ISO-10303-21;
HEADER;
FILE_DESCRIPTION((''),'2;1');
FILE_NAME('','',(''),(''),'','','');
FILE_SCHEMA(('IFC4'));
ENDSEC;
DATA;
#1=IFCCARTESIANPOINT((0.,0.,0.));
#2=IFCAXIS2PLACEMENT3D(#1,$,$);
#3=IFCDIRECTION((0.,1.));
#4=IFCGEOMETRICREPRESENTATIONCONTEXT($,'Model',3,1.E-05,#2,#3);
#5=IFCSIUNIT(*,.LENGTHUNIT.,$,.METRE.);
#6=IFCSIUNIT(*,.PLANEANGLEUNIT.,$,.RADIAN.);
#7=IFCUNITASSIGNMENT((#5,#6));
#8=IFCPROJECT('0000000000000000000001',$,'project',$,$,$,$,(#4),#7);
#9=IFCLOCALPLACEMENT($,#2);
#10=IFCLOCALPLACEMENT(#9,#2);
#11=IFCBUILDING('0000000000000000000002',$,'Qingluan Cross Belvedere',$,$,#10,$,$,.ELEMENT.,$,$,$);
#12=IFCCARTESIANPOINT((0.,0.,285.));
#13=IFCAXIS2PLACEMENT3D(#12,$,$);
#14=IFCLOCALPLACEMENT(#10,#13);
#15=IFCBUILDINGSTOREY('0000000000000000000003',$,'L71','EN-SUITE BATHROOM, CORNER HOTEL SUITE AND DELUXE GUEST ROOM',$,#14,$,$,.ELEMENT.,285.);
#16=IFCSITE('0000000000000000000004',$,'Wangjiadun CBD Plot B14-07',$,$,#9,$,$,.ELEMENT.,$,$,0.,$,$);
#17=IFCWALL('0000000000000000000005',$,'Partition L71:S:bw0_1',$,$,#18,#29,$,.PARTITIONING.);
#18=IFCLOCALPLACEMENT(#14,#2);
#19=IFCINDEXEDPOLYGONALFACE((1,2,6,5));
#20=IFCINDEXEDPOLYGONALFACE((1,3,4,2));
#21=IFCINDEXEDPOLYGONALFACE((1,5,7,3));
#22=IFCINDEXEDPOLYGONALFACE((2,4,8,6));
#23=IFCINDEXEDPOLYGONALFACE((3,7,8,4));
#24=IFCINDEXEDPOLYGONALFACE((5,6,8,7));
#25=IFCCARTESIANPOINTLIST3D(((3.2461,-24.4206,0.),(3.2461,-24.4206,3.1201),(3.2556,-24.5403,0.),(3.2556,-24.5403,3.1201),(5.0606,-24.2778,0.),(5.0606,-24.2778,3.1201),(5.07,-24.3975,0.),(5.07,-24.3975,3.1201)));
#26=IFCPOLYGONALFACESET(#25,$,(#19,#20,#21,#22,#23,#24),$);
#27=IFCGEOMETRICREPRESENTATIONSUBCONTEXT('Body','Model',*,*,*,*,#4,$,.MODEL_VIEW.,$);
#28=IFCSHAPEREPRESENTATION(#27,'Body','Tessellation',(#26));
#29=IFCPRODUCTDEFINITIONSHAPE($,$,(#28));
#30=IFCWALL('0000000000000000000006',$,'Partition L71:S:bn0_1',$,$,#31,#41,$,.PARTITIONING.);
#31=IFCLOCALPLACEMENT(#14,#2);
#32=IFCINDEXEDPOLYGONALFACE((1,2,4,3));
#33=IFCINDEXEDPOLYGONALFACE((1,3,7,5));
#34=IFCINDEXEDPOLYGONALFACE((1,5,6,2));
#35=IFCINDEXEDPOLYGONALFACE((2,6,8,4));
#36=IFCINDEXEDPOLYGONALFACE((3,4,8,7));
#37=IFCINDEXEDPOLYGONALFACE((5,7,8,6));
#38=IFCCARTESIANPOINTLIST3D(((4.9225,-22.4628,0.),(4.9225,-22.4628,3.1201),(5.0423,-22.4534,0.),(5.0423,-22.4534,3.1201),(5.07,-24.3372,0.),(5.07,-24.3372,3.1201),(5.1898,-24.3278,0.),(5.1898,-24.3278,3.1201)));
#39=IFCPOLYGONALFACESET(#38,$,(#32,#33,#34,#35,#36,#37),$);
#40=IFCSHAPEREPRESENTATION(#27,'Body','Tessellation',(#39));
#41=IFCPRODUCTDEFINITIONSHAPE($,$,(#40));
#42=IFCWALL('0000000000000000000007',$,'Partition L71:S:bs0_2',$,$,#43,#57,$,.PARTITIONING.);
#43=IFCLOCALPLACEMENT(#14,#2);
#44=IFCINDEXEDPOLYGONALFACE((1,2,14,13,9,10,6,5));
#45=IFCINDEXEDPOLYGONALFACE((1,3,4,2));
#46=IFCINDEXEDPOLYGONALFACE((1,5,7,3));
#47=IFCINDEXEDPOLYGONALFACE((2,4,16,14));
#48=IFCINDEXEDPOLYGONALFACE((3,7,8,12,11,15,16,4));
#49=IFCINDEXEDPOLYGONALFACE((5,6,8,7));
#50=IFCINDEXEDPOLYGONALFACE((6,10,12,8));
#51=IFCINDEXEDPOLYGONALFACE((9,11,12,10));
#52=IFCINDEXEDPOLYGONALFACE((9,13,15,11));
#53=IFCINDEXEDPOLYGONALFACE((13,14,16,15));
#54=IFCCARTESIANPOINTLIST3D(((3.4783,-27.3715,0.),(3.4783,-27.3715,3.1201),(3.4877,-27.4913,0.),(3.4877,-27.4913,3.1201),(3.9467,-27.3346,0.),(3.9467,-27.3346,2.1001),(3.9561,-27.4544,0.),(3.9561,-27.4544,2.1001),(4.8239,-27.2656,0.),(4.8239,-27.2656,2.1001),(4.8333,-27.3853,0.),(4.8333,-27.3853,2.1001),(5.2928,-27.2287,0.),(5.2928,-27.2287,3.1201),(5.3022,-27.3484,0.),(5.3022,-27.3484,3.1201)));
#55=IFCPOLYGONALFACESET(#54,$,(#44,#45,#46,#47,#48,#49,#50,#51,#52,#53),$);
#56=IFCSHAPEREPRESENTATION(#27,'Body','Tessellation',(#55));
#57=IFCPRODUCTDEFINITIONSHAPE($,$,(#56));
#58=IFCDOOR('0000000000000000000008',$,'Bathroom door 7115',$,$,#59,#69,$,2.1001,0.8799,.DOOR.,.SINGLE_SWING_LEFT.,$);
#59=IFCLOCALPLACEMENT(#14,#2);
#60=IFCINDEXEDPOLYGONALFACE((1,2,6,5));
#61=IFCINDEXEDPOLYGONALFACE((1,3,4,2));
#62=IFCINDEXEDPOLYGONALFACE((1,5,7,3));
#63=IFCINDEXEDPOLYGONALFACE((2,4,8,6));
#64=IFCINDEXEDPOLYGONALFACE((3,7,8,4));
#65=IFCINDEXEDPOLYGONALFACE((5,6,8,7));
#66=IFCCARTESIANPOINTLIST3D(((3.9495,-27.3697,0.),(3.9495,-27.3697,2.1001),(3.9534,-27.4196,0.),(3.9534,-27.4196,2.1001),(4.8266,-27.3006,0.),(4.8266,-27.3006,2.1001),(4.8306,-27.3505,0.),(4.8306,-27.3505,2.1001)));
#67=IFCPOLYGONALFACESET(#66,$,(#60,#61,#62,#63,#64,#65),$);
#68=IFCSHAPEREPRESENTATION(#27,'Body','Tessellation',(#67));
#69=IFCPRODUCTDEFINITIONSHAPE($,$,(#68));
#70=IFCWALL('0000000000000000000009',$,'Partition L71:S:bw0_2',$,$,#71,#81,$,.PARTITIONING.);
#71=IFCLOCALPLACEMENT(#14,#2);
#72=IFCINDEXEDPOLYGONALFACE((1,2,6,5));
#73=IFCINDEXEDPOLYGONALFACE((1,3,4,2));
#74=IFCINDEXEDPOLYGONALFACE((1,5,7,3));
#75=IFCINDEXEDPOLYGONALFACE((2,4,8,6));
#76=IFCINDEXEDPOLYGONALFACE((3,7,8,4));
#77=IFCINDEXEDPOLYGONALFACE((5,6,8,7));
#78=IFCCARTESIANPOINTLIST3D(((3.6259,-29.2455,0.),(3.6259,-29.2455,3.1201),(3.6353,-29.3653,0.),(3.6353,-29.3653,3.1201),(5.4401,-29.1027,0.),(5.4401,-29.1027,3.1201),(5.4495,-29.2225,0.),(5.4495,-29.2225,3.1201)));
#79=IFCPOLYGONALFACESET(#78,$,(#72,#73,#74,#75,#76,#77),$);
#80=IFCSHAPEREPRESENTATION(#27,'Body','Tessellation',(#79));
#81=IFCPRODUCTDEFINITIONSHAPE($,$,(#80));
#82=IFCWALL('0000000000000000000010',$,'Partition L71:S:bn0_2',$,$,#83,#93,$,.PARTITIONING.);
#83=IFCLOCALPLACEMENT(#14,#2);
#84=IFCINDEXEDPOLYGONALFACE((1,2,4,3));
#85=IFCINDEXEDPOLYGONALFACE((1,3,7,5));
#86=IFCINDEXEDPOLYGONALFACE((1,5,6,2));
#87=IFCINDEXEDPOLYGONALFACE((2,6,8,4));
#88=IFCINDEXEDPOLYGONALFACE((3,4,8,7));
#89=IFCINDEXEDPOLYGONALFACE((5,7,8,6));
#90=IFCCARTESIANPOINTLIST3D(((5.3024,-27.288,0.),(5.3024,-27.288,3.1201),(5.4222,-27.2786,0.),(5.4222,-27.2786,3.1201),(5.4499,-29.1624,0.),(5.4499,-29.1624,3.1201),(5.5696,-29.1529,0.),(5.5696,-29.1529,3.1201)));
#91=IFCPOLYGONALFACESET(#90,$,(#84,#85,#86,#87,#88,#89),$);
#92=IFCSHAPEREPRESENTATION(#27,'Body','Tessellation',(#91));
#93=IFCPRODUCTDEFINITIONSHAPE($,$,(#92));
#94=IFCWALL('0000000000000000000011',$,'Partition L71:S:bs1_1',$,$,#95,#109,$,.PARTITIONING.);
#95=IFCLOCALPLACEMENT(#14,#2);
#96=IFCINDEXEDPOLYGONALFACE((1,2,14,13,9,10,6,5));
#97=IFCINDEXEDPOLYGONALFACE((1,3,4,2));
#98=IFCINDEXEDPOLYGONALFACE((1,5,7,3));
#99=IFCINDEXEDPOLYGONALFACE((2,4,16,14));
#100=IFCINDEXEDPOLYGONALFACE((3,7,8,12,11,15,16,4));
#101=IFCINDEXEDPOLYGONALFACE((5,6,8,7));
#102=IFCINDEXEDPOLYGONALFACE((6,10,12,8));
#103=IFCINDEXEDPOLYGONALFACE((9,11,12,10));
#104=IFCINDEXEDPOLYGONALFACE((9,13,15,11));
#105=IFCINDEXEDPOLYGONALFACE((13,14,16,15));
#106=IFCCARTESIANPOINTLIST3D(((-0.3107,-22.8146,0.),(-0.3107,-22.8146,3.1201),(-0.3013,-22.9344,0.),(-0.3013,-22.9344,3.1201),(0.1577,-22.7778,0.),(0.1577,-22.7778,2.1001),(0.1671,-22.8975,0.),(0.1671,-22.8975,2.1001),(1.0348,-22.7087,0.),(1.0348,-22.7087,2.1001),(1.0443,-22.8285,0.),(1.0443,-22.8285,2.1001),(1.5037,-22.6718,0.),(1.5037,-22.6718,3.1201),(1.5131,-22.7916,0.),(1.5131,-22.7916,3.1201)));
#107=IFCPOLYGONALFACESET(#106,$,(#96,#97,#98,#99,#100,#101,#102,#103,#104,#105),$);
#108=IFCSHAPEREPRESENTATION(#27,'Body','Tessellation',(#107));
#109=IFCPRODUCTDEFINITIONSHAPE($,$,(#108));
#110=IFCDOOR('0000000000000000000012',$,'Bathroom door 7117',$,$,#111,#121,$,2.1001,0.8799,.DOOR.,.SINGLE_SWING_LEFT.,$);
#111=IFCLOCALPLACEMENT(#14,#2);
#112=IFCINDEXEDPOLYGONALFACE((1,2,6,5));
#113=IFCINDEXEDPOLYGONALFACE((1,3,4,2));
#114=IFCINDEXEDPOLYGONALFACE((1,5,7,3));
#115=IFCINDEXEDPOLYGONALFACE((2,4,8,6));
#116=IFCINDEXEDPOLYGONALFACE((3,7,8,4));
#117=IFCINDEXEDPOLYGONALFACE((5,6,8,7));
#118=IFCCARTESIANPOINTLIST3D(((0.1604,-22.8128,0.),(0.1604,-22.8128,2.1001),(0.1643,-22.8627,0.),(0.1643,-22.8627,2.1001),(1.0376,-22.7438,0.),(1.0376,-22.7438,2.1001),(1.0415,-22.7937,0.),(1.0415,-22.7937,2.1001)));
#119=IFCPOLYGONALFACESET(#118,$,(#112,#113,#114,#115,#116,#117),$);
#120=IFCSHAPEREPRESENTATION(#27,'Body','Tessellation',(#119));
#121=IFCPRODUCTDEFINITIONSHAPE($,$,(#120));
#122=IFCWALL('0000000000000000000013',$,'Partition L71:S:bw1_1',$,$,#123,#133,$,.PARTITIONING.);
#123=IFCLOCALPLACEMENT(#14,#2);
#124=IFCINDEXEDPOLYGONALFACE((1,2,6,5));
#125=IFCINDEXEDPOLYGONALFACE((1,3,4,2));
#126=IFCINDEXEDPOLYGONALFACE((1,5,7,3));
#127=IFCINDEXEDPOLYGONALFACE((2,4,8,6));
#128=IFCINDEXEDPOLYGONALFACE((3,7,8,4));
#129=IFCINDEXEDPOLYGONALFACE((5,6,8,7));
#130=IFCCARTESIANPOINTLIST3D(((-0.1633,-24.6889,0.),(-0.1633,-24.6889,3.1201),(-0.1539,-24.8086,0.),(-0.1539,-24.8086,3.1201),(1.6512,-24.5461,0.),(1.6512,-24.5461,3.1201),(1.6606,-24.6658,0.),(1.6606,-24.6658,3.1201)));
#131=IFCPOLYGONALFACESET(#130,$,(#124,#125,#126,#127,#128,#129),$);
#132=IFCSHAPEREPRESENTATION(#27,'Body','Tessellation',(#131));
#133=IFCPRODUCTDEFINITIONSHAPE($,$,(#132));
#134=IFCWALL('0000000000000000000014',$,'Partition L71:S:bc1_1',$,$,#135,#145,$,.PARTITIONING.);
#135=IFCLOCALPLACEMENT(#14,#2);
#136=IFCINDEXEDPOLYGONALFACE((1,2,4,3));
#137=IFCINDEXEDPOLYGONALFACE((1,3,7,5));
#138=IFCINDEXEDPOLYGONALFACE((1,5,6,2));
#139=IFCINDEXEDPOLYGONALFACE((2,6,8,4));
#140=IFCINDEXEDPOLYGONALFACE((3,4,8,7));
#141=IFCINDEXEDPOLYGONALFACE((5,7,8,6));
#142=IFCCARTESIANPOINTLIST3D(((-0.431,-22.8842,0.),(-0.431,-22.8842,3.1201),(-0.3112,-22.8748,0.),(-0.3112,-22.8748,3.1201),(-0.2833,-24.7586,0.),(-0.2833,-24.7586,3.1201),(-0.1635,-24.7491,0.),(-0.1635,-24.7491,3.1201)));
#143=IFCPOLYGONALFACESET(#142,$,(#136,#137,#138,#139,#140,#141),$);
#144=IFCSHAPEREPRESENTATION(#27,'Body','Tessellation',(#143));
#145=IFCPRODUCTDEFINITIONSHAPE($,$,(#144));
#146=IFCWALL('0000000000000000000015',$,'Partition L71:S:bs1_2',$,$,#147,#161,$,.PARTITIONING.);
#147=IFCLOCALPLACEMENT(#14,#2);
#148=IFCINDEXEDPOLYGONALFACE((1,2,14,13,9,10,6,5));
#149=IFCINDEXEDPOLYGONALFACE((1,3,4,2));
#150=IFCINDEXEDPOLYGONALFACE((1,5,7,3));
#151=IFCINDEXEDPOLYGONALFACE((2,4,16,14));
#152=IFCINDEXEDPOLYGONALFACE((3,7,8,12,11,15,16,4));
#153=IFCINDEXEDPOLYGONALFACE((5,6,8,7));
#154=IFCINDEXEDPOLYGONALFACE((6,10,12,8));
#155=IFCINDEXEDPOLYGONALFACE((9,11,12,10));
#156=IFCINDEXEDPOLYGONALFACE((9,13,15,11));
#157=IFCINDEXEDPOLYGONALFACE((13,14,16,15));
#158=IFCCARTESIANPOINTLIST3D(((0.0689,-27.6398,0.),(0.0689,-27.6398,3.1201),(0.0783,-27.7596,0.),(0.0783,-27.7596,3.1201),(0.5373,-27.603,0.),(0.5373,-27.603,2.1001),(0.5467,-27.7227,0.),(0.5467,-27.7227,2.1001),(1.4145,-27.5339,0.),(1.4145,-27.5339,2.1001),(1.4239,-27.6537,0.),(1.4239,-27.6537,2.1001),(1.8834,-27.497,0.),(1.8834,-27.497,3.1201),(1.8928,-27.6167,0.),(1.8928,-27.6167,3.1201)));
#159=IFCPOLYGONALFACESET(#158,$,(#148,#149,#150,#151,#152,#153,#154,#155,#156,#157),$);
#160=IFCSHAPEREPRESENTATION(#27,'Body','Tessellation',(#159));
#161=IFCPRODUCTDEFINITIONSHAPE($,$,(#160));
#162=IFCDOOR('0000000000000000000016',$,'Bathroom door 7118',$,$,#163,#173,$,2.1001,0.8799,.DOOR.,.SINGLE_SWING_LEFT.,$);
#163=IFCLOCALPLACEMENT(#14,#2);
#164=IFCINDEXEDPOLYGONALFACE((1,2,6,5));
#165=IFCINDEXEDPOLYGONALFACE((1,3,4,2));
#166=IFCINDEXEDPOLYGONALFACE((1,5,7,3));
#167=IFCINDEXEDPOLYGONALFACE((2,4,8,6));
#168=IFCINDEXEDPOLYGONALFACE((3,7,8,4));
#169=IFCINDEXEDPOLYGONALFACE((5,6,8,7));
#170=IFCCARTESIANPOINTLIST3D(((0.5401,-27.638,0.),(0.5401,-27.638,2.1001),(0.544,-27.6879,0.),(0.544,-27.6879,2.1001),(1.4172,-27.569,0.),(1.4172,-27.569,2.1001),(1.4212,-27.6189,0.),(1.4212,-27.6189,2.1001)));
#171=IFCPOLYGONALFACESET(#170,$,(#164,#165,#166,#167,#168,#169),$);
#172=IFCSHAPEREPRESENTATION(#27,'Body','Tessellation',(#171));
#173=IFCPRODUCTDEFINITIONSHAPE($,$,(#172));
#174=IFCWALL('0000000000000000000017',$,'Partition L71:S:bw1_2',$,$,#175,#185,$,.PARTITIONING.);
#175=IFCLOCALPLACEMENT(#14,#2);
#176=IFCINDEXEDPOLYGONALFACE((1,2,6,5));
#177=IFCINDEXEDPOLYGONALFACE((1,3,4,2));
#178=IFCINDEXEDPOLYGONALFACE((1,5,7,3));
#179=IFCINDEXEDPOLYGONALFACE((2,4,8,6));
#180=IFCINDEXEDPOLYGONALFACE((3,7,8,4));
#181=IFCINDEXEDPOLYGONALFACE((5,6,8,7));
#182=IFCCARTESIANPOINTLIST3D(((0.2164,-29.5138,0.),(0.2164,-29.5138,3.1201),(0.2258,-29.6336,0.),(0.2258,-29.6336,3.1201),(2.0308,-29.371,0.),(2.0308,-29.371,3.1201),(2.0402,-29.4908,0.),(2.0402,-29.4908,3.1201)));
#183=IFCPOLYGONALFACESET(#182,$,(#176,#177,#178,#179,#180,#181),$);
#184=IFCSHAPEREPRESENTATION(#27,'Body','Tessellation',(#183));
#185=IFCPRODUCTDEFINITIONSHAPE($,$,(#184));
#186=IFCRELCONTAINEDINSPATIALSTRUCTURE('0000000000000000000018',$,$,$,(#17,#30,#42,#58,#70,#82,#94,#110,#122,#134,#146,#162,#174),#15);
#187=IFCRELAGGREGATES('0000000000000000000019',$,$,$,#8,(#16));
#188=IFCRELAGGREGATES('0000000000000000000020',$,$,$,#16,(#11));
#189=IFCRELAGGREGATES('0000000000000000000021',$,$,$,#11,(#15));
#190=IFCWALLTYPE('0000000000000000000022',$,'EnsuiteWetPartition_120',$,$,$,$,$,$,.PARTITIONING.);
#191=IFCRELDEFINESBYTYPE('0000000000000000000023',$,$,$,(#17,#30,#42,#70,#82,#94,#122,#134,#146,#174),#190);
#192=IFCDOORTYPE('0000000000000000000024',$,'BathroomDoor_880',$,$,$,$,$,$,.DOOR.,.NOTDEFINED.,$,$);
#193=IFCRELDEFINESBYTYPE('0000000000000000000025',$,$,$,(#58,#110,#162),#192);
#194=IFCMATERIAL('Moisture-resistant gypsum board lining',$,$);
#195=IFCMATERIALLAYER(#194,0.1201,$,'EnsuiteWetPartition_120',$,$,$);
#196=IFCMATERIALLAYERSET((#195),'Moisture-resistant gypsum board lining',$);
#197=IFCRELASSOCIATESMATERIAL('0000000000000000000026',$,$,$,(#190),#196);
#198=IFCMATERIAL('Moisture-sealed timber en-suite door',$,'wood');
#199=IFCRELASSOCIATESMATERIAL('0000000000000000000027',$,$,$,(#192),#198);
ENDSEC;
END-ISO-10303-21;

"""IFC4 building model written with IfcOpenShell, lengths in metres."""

from ifc_helpers import new_model, si_unit, direction, frame, frame_2d, origin, place, context, subcontext, project, spatial, rectangle, extrude, material, layer, layer_set, type_object, element, fill, save


model = new_model("IFC4")

# Units and contexts
model_context = context("Model", 3, precision=1e-05, world=origin(), true_north=direction((0.0, 1.0)))
body_context = subcontext(model_context, "Body", "Model", "MODEL_VIEW")
ifc_project = project(units=[si_unit("LENGTHUNIT", "METRE"), si_unit("PLANEANGLEUNIT", "RADIAN")], contexts=[model_context])

# Site, building, storey
site_placement = place(None, origin())
site = spatial("IfcSite", under=ifc_project, at=site_placement, Name="Wangjiadun CBD Plot B14-07", CompositionType="ELEMENT", RefElevation=0.0)
building_placement = place(site_placement, origin())
building = spatial("IfcBuilding", under=site, at=building_placement, Name="Qingluan Cross Belvedere", CompositionType="ELEMENT")
storey_placement = place(building_placement, frame((0.0, 0.0, 285.0)))
storey = spatial("IfcBuildingStorey", under=building, at=storey_placement, Name="L71", Description="EN-SUITE BATHROOM, CORNER HOTEL SUITE AND DELUXE GUEST ROOM", CompositionType="ELEMENT", Elevation=285.0)

# Shared definitions
ifc_material_1 = material(Name="Moisture-resistant gypsum board lining")
ifc_layer_1 = layer(ifc_material_1, 0.1201, Name="EnsuiteWetPartition_120")
ifc_layer_set_1 = layer_set([ifc_layer_1], Name="Moisture-resistant gypsum board lining")
wall_type_1 = type_object("IfcWallType", Name="EnsuiteWetPartition_120", PredefinedType="PARTITIONING", material=ifc_layer_set_1)
ifc_material_2 = material(Name="Moisture-sealed timber en-suite door", Category="wood")
door_type = type_object("IfcDoorType", Name="BathroomDoor_880", OperationType="NOTDEFINED", PredefinedType="DOOR", material=ifc_material_2)

# Walls
wall_1_placement = place(storey_placement, frame((3.2507, -24.4805, 0.0), z_axis=(0.0, 0.0, 1.0), x_axis=(0.996916, 0.078471, 0.0)))
element("IfcWall", 1, at=wall_1_placement, inside=storey, type_object=wall_type_1, Name="Partition L71:S:bw0_1", PredefinedType="PARTITIONING", context=body_context, shape_type="SweptSolid", body=[
    extrude(rectangle(XDim=1.8201, YDim=0.1201, at=frame_2d((0.9102, 0.0))), origin(), (0.0, 0.0, 1.0), 3.1201),
])
wall_2_placement = place(storey_placement, frame((4.9824, -22.4583, 0.0), z_axis=(0.0, 0.0, 1.0), x_axis=(0.078434, -0.996919, 0.0)))
element("IfcWall", 2, at=wall_2_placement, inside=storey, type_object=wall_type_1, Name="Partition L71:S:bn0_1", PredefinedType="PARTITIONING", context=body_context, shape_type="SweptSolid", body=[
    extrude(rectangle(XDim=1.8801, YDim=0.1201, at=frame_2d((0.9399, 0.0))), origin(), (0.0, 0.0, 1.0), 3.1201),
])

# Wall, opening, door
wall_3_placement = place(storey_placement, frame((3.4829, -27.4314, 0.0), z_axis=(0.0, 0.0, 1.0), x_axis=(0.996916, 0.078471, 0.0)))
wall_3 = element("IfcWall", 3, at=wall_3_placement, inside=storey, type_object=wall_type_1, Name="Partition L71:S:bs0_2", PredefinedType="PARTITIONING", context=body_context, shape_type="SweptSolid", body=[
    extrude(rectangle(XDim=1.8201, YDim=0.1201, at=frame_2d((0.9102, 0.0))), origin(), (0.0, 0.0, 1.0), 3.1201),
])
opening_1_placement = place(wall_3_placement, frame((0.47, 0.0, 0.0)))
opening_1 = element("IfcOpeningElement", 4, at=opening_1_placement, cuts=wall_3, PredefinedType="OPENING", context=body_context, shape_type="SweptSolid", body=[
    extrude(rectangle(XDim=0.8799, YDim=2.1001, at=frame_2d((0.4399, 1.05))), frame((0.0, 0.0701, 0.0), z_axis=(0.0, -1.0, 0.0), x_axis=(1.0, 0.0, 0.0)), (0.0, 0.0, 1.0), 0.1401),
])
door_1_placement = place(opening_1_placement, origin())
door_1 = element("IfcDoor", 5, at=door_1_placement, inside=storey, type_object=door_type, Name="Bathroom door 7115", OperationType="SINGLE_SWING_LEFT", OverallHeight=2.1001, OverallWidth=0.8799, PredefinedType="DOOR", context=body_context, shape_type="SweptSolid", body=[
    extrude(rectangle(XDim=0.8799, YDim=2.1001, at=frame_2d((0.4399, 1.05))), frame((0.0, 0.0249, 0.0), z_axis=(0.0, -1.0, 0.0), x_axis=(1.0, 0.0, 0.0)), (0.0, 0.0, 1.0), 0.05),
])
fill(opening_1, door_1)

# Walls
wall_4_placement = place(storey_placement, frame((3.6306, -29.3054, 0.0), z_axis=(0.0, 0.0, 1.0), x_axis=(0.996916, 0.078481, 0.0)))
element("IfcWall", 6, at=wall_4_placement, inside=storey, type_object=wall_type_1, Name="Partition L71:S:bw0_2", PredefinedType="PARTITIONING", context=body_context, shape_type="SweptSolid", body=[
    extrude(rectangle(XDim=1.8198, YDim=0.1201, at=frame_2d((0.9099, 0.0))), origin(), (0.0, 0.0, 1.0), 3.1201),
])
wall_5_placement = place(storey_placement, frame((5.3623, -27.2834, 0.0), z_axis=(0.0, 0.0, 1.0), x_axis=(0.078434, -0.996919, 0.0)))
element("IfcWall", 7, at=wall_5_placement, inside=storey, type_object=wall_type_1, Name="Partition L71:S:bn0_2", PredefinedType="PARTITIONING", context=body_context, shape_type="SweptSolid", body=[
    extrude(rectangle(XDim=1.8801, YDim=0.1201, at=frame_2d((0.9399, 0.0))), origin(), (0.0, 0.0, 1.0), 3.1201),
])

# Wall, opening, door
wall_6_placement = place(storey_placement, frame((-0.3062, -22.8745, 0.0), z_axis=(0.0, 0.0, 1.0), x_axis=(0.996916, 0.078471, 0.0)))
wall_6 = element("IfcWall", 8, at=wall_6_placement, inside=storey, type_object=wall_type_1, Name="Partition L71:S:bs1_1", PredefinedType="PARTITIONING", context=body_context, shape_type="SweptSolid", body=[
    extrude(rectangle(XDim=1.8201, YDim=0.1201, at=frame_2d((0.9102, 0.0))), origin(), (0.0, 0.0, 1.0), 3.1201),
])
opening_2_placement = place(wall_6_placement, frame((0.47, 0.0, 0.0)))
opening_2 = element("IfcOpeningElement", 9, at=opening_2_placement, cuts=wall_6, PredefinedType="OPENING", context=body_context, shape_type="SweptSolid", body=[
    extrude(rectangle(XDim=0.8799, YDim=2.1001, at=frame_2d((0.4399, 1.05))), frame((0.0, 0.0701, 0.0), z_axis=(0.0, -1.0, 0.0), x_axis=(1.0, 0.0, 0.0)), (0.0, 0.0, 1.0), 0.1401),
])
door_2_placement = place(opening_2_placement, origin())
door_2 = element("IfcDoor", 10, at=door_2_placement, inside=storey, type_object=door_type, Name="Bathroom door 7117", OperationType="SINGLE_SWING_LEFT", OverallHeight=2.1001, OverallWidth=0.8799, PredefinedType="DOOR", context=body_context, shape_type="SweptSolid", body=[
    extrude(rectangle(XDim=0.8799, YDim=2.1001, at=frame_2d((0.4399, 1.05))), frame((0.0, 0.0249, 0.0), z_axis=(0.0, -1.0, 0.0), x_axis=(1.0, 0.0, 0.0)), (0.0, 0.0, 1.0), 0.05),
])
fill(opening_2, door_2)

# Walls
wall_7_placement = place(storey_placement, frame((-0.1587, -24.7488, 0.0), z_axis=(0.0, 0.0, 1.0), x_axis=(0.996916, 0.078471, 0.0)))
element("IfcWall", 11, at=wall_7_placement, inside=storey, type_object=wall_type_1, Name="Partition L71:S:bw1_1", PredefinedType="PARTITIONING", context=body_context, shape_type="SweptSolid", body=[
    extrude(rectangle(XDim=1.8201, YDim=0.1201, at=frame_2d((0.9102, 0.0))), origin(), (0.0, 0.0, 1.0), 3.1201),
])
wall_8_placement = place(storey_placement, frame((-0.3711, -22.8796, 0.0), z_axis=(0.0, 0.0, 1.0), x_axis=(0.078563, -0.996909, 0.0)))
element("IfcWall", 12, at=wall_8_placement, inside=storey, type_object=wall_type_1, Name="Partition L71:S:bc1_1", PredefinedType="PARTITIONING", context=body_context, shape_type="SweptSolid", body=[
    extrude(rectangle(XDim=1.8801, YDim=0.1201, at=frame_2d((0.9399, 0.0))), origin(), (0.0, 0.0, 1.0), 3.1201),
])

# Wall, opening, door
wall_9_placement = place(storey_placement, frame((0.0735, -27.6997, 0.0), z_axis=(0.0, 0.0, 1.0), x_axis=(0.996916, 0.078471, 0.0)))
wall_9 = element("IfcWall", 13, at=wall_9_placement, inside=storey, type_object=wall_type_1, Name="Partition L71:S:bs1_2", PredefinedType="PARTITIONING", context=body_context, shape_type="SweptSolid", body=[
    extrude(rectangle(XDim=1.8201, YDim=0.1201, at=frame_2d((0.9102, 0.0))), origin(), (0.0, 0.0, 1.0), 3.1201),
])
opening_3_placement = place(wall_9_placement, frame((0.47, 0.0, 0.0)))
opening_3 = element("IfcOpeningElement", 14, at=opening_3_placement, cuts=wall_9, PredefinedType="OPENING", context=body_context, shape_type="SweptSolid", body=[
    extrude(rectangle(XDim=0.8799, YDim=2.1001, at=frame_2d((0.4399, 1.05))), frame((0.0, 0.0701, 0.0), z_axis=(0.0, -1.0, 0.0), x_axis=(1.0, 0.0, 0.0)), (0.0, 0.0, 1.0), 0.1401),
])
door_3_placement = place(opening_3_placement, origin())
door_3 = element("IfcDoor", 15, at=door_3_placement, inside=storey, type_object=door_type, Name="Bathroom door 7118", OperationType="SINGLE_SWING_LEFT", OverallHeight=2.1001, OverallWidth=0.8799, PredefinedType="DOOR", context=body_context, shape_type="SweptSolid", body=[
    extrude(rectangle(XDim=0.8799, YDim=2.1001, at=frame_2d((0.4399, 1.05))), frame((0.0, 0.0249, 0.0), z_axis=(0.0, -1.0, 0.0), x_axis=(1.0, 0.0, 0.0)), (0.0, 0.0, 1.0), 0.05),
])
fill(opening_3, door_3)

# Wall
wall_10_placement = place(storey_placement, frame((0.2209, -29.5737, 0.0), z_axis=(0.0, 0.0, 1.0), x_axis=(0.996916, 0.078471, 0.0)))
element("IfcWall", 16, at=wall_10_placement, inside=storey, type_object=wall_type_1, Name="Partition L71:S:bw1_2", PredefinedType="PARTITIONING", context=body_context, shape_type="SweptSolid", body=[
    extrude(rectangle(XDim=1.8201, YDim=0.1201, at=frame_2d((0.9102, 0.0))), origin(), (0.0, 0.0, 1.0), 3.1201),
])

save(model, "model.ifc")
